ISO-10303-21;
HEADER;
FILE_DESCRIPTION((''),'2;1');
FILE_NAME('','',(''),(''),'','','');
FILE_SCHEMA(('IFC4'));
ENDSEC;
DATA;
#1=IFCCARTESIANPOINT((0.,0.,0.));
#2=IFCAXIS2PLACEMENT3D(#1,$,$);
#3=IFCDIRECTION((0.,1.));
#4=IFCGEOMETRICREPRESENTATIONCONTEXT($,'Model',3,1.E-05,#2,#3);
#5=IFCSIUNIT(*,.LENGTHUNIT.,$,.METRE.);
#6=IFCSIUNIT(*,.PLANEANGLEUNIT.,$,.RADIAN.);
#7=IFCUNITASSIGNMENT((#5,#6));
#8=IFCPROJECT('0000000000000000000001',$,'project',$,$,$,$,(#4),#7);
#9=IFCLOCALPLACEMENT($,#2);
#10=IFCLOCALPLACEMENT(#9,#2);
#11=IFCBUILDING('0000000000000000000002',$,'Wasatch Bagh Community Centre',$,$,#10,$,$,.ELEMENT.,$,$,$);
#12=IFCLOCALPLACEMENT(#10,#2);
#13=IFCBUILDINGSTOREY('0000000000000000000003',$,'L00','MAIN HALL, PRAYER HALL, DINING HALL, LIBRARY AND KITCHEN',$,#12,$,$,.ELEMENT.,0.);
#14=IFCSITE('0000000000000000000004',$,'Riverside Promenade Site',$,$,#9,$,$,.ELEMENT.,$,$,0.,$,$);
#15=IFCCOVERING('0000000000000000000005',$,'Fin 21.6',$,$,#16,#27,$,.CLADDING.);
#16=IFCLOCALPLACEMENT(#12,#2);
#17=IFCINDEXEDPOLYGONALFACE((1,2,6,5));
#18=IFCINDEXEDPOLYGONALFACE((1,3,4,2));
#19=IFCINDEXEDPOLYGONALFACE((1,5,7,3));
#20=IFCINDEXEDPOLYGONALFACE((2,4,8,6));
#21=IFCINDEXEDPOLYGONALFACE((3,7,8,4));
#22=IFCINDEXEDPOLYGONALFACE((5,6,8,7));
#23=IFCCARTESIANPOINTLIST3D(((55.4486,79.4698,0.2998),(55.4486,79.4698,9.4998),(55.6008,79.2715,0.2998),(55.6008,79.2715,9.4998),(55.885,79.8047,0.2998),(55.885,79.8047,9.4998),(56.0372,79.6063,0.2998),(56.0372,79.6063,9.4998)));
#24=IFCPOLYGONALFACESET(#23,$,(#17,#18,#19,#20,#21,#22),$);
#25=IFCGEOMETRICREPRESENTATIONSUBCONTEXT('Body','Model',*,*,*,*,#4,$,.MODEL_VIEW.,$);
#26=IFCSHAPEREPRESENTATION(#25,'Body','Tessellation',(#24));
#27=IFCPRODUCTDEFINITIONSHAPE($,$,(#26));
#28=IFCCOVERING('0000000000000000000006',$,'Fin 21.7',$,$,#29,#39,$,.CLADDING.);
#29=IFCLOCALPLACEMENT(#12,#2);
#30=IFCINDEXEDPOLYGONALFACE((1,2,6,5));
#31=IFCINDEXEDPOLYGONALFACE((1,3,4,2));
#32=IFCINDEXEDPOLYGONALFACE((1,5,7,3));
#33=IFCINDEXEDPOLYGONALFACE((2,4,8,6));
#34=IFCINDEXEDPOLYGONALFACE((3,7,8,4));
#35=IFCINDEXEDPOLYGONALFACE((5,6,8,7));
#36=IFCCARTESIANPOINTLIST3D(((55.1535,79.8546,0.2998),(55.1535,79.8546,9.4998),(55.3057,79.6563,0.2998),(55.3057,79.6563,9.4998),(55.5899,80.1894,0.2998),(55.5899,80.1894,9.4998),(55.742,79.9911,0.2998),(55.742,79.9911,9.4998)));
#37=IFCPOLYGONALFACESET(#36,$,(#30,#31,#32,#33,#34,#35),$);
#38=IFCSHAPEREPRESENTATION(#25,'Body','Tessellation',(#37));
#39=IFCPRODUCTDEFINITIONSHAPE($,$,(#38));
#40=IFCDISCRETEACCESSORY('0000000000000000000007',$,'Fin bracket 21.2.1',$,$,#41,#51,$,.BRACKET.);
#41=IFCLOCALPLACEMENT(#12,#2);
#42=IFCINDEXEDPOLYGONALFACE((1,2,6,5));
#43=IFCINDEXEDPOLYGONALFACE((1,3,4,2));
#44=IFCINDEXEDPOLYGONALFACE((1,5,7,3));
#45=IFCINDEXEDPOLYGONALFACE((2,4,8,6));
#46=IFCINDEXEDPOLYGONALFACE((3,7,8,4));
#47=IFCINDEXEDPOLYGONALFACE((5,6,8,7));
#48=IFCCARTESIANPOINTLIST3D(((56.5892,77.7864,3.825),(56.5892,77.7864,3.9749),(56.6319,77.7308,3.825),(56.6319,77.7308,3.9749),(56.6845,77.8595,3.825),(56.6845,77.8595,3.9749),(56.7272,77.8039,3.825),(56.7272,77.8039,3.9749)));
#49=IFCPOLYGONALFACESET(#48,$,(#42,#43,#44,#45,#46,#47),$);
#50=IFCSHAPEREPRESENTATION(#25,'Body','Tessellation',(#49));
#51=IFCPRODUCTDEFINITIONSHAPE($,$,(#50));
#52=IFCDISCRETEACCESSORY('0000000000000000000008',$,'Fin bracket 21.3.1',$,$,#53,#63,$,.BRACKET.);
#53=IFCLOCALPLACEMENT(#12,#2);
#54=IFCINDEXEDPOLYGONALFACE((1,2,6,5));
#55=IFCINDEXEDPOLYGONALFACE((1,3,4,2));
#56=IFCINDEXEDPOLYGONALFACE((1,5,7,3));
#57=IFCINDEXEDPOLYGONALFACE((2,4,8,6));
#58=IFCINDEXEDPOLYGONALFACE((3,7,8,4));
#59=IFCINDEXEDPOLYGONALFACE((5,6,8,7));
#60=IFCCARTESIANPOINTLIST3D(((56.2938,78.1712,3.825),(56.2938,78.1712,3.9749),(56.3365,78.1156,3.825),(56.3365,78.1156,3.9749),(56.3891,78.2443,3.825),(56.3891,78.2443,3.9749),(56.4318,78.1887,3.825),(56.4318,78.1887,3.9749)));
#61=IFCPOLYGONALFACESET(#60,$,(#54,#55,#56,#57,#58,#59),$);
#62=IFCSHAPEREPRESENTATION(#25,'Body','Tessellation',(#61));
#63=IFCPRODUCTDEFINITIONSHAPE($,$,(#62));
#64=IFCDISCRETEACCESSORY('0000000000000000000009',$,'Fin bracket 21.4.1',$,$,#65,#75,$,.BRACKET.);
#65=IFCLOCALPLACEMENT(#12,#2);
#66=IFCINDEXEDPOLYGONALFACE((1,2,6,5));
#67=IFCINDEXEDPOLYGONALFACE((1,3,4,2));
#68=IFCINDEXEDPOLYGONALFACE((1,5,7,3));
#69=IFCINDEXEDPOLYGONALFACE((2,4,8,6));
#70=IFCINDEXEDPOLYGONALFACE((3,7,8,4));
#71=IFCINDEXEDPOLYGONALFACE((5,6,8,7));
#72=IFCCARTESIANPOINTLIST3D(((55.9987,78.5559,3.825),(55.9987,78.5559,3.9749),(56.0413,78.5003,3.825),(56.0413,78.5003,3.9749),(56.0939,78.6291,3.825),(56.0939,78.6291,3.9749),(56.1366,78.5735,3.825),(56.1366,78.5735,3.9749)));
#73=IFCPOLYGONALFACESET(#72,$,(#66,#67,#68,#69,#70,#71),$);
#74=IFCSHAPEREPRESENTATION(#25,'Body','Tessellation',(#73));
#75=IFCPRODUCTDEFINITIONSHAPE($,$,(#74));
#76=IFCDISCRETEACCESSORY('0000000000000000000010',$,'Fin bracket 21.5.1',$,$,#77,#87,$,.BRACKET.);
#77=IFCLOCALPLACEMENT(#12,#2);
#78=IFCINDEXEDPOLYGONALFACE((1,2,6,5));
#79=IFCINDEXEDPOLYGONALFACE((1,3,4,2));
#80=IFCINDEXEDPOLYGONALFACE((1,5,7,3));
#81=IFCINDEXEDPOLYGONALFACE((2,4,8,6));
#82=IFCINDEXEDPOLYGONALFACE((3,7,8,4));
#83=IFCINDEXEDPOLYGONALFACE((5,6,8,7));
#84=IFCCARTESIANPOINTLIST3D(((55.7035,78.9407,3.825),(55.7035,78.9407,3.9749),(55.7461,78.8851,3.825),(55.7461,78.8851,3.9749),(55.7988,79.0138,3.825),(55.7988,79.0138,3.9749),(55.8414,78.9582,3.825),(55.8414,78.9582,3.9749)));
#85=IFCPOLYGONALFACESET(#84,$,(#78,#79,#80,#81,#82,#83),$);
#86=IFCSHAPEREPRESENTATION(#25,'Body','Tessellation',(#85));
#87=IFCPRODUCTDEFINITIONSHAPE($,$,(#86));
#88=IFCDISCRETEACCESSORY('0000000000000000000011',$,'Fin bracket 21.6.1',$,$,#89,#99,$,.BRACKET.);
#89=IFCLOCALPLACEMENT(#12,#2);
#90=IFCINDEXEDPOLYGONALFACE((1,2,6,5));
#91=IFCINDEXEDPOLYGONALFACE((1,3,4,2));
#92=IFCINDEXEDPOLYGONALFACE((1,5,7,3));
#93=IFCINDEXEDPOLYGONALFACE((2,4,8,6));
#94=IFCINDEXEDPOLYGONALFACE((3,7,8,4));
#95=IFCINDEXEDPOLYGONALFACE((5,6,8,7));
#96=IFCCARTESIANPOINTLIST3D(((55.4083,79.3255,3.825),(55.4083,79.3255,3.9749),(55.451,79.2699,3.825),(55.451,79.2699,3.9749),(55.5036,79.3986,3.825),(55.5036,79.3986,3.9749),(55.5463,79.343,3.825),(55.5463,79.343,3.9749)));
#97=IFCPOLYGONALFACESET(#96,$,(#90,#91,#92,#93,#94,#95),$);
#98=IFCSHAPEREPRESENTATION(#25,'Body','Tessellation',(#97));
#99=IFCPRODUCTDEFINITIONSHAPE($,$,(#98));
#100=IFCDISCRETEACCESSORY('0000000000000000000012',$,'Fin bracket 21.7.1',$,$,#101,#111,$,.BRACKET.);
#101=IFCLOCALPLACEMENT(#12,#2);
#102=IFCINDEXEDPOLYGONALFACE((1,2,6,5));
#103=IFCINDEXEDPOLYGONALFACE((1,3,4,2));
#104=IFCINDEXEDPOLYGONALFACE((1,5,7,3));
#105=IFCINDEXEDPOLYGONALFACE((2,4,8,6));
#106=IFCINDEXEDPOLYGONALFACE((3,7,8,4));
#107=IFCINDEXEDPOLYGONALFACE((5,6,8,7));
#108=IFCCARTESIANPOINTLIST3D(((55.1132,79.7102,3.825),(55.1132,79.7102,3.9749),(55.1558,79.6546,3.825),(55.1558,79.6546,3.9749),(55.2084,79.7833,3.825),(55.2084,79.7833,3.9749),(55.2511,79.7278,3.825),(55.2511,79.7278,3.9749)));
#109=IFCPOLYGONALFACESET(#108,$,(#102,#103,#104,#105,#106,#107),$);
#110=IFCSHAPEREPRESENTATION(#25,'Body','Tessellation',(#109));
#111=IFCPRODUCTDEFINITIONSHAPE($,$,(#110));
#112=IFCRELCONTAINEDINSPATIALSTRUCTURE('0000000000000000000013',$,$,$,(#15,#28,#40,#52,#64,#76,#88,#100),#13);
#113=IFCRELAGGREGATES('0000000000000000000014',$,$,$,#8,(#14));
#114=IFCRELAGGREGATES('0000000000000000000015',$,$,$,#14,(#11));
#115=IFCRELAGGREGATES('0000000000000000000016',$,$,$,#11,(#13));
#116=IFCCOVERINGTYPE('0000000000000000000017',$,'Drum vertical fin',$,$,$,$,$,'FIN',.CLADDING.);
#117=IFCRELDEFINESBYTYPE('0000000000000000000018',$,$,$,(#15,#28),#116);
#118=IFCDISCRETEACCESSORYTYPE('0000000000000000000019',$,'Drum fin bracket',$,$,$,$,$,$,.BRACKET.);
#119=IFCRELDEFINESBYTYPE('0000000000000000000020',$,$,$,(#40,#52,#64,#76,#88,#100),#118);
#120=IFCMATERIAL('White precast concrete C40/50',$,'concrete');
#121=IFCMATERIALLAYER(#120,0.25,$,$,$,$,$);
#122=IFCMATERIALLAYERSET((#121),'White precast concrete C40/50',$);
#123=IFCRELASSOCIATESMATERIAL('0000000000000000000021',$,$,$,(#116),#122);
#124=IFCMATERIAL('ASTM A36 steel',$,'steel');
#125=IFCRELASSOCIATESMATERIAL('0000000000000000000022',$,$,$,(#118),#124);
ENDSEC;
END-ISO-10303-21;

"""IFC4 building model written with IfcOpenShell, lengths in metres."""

from ifc_helpers import new_model, si_unit, direction, frame, origin, origin_2d, place, context, subcontext, project, spatial, rectangle, extrude, material, layer, layer_set, type_object, element, save


model = new_model("IFC4")

# Units and contexts
model_context = context("Model", 3, precision=1e-05, world=origin(), true_north=direction((0.0, 1.0)))
body_context = subcontext(model_context, "Body", "Model", "MODEL_VIEW")
ifc_project = project(units=[si_unit("LENGTHUNIT", "METRE"), si_unit("PLANEANGLEUNIT", "RADIAN")], contexts=[model_context])

# Site, building, storey
site_placement = place(None, origin())
site = spatial("IfcSite", under=ifc_project, at=site_placement, Name="Riverside Promenade Site", CompositionType="ELEMENT", RefElevation=0.0)
building_placement = place(site_placement, origin())
building = spatial("IfcBuilding", under=site, at=building_placement, Name="Wasatch Bagh Community Centre", CompositionType="ELEMENT")
storey_placement = place(building_placement, origin())
storey = spatial("IfcBuildingStorey", under=building, at=storey_placement, Name="L00", Description="MAIN HALL, PRAYER HALL, DINING HALL, LIBRARY AND KITCHEN", CompositionType="ELEMENT", Elevation=0.0)

# Coverings
ifc_material_1 = material(Name="White precast concrete C40/50", Category="concrete")
ifc_layer_1 = layer(ifc_material_1, 0.25)
ifc_layer_set_1 = layer_set([ifc_layer_1], Name="White precast concrete C40/50")
covering_type = type_object("IfcCoveringType", Name="Drum vertical fin", ElementType="FIN", PredefinedType="CLADDING", material=ifc_layer_set_1)
for number, where, z_axis, x_axis, name in (
    (1, (55.7429, 79.5381, 0.2998), (0.0, 0.0, 1.0), (-0.608761, 0.793353, 0.0), "Fin 21.6"),
    (2, (55.4478, 79.9229, 0.2998), (0.0, 0.0, 1.0), (-0.608761, 0.793353, 0.0), "Fin 21.7"),
):
    element("IfcCovering", number, at=place(storey_placement, frame(where, z_axis=z_axis, x_axis=x_axis)), inside=storey, type_object=covering_type, Name=name, PredefinedType="CLADDING", context=body_context, shape_type="SweptSolid", body=[
        extrude(rectangle(XDim=0.25, YDim=0.55, at=origin_2d()), origin(), (0.0, 0.0, 1.0), 9.2),
    ])

# Discrete accessories
ifc_material_2 = material(Name="ASTM A36 steel", Category="steel")
discrete_accessory_type = type_object("IfcDiscreteAccessoryType", Name="Drum fin bracket", PredefinedType="BRACKET", material=ifc_material_2)
for number, where, z_axis, x_axis, name in (
    (3, (56.6582, 77.7952, 3.825), (0.0, 0.0, 1.0), (-0.608761, 0.793353, 0.0), "Fin bracket 21.2.1"),
    (4, (56.3628, 78.1799, 3.825), (0.0, 0.0, 1.0), (-0.608761, 0.793353, 0.0), "Fin bracket 21.3.1"),
    (5, (56.0676, 78.5647, 3.825), (0.0, 0.0, 1.0), (-0.608761, 0.793353, 0.0), "Fin bracket 21.4.1"),
    (6, (55.7725, 78.9495, 3.825), (0.0, 0.0, 1.0), (-0.608761, 0.793353, 0.0), "Fin bracket 21.5.1"),
    (7, (55.4773, 79.3342, 3.825), (0.0, 0.0, 1.0), (-0.608761, 0.793353, 0.0), "Fin bracket 21.6.1"),
    (8, (55.1821, 79.719, 3.825), (0.0, 0.0, 1.0), (-0.608761, 0.793353, 0.0), "Fin bracket 21.7.1"),
):
    element("IfcDiscreteAccessory", number, at=place(storey_placement, frame(where, z_axis=z_axis, x_axis=x_axis)), inside=storey, type_object=discrete_accessory_type, Name=name, PredefinedType="BRACKET", context=body_context, shape_type="SweptSolid", body=[
        extrude(rectangle(XDim=0.0701, YDim=0.1201, at=origin_2d()), origin(), (0.0, 0.0, 1.0), 0.1499),
    ])

save(model, "model.ifc")
